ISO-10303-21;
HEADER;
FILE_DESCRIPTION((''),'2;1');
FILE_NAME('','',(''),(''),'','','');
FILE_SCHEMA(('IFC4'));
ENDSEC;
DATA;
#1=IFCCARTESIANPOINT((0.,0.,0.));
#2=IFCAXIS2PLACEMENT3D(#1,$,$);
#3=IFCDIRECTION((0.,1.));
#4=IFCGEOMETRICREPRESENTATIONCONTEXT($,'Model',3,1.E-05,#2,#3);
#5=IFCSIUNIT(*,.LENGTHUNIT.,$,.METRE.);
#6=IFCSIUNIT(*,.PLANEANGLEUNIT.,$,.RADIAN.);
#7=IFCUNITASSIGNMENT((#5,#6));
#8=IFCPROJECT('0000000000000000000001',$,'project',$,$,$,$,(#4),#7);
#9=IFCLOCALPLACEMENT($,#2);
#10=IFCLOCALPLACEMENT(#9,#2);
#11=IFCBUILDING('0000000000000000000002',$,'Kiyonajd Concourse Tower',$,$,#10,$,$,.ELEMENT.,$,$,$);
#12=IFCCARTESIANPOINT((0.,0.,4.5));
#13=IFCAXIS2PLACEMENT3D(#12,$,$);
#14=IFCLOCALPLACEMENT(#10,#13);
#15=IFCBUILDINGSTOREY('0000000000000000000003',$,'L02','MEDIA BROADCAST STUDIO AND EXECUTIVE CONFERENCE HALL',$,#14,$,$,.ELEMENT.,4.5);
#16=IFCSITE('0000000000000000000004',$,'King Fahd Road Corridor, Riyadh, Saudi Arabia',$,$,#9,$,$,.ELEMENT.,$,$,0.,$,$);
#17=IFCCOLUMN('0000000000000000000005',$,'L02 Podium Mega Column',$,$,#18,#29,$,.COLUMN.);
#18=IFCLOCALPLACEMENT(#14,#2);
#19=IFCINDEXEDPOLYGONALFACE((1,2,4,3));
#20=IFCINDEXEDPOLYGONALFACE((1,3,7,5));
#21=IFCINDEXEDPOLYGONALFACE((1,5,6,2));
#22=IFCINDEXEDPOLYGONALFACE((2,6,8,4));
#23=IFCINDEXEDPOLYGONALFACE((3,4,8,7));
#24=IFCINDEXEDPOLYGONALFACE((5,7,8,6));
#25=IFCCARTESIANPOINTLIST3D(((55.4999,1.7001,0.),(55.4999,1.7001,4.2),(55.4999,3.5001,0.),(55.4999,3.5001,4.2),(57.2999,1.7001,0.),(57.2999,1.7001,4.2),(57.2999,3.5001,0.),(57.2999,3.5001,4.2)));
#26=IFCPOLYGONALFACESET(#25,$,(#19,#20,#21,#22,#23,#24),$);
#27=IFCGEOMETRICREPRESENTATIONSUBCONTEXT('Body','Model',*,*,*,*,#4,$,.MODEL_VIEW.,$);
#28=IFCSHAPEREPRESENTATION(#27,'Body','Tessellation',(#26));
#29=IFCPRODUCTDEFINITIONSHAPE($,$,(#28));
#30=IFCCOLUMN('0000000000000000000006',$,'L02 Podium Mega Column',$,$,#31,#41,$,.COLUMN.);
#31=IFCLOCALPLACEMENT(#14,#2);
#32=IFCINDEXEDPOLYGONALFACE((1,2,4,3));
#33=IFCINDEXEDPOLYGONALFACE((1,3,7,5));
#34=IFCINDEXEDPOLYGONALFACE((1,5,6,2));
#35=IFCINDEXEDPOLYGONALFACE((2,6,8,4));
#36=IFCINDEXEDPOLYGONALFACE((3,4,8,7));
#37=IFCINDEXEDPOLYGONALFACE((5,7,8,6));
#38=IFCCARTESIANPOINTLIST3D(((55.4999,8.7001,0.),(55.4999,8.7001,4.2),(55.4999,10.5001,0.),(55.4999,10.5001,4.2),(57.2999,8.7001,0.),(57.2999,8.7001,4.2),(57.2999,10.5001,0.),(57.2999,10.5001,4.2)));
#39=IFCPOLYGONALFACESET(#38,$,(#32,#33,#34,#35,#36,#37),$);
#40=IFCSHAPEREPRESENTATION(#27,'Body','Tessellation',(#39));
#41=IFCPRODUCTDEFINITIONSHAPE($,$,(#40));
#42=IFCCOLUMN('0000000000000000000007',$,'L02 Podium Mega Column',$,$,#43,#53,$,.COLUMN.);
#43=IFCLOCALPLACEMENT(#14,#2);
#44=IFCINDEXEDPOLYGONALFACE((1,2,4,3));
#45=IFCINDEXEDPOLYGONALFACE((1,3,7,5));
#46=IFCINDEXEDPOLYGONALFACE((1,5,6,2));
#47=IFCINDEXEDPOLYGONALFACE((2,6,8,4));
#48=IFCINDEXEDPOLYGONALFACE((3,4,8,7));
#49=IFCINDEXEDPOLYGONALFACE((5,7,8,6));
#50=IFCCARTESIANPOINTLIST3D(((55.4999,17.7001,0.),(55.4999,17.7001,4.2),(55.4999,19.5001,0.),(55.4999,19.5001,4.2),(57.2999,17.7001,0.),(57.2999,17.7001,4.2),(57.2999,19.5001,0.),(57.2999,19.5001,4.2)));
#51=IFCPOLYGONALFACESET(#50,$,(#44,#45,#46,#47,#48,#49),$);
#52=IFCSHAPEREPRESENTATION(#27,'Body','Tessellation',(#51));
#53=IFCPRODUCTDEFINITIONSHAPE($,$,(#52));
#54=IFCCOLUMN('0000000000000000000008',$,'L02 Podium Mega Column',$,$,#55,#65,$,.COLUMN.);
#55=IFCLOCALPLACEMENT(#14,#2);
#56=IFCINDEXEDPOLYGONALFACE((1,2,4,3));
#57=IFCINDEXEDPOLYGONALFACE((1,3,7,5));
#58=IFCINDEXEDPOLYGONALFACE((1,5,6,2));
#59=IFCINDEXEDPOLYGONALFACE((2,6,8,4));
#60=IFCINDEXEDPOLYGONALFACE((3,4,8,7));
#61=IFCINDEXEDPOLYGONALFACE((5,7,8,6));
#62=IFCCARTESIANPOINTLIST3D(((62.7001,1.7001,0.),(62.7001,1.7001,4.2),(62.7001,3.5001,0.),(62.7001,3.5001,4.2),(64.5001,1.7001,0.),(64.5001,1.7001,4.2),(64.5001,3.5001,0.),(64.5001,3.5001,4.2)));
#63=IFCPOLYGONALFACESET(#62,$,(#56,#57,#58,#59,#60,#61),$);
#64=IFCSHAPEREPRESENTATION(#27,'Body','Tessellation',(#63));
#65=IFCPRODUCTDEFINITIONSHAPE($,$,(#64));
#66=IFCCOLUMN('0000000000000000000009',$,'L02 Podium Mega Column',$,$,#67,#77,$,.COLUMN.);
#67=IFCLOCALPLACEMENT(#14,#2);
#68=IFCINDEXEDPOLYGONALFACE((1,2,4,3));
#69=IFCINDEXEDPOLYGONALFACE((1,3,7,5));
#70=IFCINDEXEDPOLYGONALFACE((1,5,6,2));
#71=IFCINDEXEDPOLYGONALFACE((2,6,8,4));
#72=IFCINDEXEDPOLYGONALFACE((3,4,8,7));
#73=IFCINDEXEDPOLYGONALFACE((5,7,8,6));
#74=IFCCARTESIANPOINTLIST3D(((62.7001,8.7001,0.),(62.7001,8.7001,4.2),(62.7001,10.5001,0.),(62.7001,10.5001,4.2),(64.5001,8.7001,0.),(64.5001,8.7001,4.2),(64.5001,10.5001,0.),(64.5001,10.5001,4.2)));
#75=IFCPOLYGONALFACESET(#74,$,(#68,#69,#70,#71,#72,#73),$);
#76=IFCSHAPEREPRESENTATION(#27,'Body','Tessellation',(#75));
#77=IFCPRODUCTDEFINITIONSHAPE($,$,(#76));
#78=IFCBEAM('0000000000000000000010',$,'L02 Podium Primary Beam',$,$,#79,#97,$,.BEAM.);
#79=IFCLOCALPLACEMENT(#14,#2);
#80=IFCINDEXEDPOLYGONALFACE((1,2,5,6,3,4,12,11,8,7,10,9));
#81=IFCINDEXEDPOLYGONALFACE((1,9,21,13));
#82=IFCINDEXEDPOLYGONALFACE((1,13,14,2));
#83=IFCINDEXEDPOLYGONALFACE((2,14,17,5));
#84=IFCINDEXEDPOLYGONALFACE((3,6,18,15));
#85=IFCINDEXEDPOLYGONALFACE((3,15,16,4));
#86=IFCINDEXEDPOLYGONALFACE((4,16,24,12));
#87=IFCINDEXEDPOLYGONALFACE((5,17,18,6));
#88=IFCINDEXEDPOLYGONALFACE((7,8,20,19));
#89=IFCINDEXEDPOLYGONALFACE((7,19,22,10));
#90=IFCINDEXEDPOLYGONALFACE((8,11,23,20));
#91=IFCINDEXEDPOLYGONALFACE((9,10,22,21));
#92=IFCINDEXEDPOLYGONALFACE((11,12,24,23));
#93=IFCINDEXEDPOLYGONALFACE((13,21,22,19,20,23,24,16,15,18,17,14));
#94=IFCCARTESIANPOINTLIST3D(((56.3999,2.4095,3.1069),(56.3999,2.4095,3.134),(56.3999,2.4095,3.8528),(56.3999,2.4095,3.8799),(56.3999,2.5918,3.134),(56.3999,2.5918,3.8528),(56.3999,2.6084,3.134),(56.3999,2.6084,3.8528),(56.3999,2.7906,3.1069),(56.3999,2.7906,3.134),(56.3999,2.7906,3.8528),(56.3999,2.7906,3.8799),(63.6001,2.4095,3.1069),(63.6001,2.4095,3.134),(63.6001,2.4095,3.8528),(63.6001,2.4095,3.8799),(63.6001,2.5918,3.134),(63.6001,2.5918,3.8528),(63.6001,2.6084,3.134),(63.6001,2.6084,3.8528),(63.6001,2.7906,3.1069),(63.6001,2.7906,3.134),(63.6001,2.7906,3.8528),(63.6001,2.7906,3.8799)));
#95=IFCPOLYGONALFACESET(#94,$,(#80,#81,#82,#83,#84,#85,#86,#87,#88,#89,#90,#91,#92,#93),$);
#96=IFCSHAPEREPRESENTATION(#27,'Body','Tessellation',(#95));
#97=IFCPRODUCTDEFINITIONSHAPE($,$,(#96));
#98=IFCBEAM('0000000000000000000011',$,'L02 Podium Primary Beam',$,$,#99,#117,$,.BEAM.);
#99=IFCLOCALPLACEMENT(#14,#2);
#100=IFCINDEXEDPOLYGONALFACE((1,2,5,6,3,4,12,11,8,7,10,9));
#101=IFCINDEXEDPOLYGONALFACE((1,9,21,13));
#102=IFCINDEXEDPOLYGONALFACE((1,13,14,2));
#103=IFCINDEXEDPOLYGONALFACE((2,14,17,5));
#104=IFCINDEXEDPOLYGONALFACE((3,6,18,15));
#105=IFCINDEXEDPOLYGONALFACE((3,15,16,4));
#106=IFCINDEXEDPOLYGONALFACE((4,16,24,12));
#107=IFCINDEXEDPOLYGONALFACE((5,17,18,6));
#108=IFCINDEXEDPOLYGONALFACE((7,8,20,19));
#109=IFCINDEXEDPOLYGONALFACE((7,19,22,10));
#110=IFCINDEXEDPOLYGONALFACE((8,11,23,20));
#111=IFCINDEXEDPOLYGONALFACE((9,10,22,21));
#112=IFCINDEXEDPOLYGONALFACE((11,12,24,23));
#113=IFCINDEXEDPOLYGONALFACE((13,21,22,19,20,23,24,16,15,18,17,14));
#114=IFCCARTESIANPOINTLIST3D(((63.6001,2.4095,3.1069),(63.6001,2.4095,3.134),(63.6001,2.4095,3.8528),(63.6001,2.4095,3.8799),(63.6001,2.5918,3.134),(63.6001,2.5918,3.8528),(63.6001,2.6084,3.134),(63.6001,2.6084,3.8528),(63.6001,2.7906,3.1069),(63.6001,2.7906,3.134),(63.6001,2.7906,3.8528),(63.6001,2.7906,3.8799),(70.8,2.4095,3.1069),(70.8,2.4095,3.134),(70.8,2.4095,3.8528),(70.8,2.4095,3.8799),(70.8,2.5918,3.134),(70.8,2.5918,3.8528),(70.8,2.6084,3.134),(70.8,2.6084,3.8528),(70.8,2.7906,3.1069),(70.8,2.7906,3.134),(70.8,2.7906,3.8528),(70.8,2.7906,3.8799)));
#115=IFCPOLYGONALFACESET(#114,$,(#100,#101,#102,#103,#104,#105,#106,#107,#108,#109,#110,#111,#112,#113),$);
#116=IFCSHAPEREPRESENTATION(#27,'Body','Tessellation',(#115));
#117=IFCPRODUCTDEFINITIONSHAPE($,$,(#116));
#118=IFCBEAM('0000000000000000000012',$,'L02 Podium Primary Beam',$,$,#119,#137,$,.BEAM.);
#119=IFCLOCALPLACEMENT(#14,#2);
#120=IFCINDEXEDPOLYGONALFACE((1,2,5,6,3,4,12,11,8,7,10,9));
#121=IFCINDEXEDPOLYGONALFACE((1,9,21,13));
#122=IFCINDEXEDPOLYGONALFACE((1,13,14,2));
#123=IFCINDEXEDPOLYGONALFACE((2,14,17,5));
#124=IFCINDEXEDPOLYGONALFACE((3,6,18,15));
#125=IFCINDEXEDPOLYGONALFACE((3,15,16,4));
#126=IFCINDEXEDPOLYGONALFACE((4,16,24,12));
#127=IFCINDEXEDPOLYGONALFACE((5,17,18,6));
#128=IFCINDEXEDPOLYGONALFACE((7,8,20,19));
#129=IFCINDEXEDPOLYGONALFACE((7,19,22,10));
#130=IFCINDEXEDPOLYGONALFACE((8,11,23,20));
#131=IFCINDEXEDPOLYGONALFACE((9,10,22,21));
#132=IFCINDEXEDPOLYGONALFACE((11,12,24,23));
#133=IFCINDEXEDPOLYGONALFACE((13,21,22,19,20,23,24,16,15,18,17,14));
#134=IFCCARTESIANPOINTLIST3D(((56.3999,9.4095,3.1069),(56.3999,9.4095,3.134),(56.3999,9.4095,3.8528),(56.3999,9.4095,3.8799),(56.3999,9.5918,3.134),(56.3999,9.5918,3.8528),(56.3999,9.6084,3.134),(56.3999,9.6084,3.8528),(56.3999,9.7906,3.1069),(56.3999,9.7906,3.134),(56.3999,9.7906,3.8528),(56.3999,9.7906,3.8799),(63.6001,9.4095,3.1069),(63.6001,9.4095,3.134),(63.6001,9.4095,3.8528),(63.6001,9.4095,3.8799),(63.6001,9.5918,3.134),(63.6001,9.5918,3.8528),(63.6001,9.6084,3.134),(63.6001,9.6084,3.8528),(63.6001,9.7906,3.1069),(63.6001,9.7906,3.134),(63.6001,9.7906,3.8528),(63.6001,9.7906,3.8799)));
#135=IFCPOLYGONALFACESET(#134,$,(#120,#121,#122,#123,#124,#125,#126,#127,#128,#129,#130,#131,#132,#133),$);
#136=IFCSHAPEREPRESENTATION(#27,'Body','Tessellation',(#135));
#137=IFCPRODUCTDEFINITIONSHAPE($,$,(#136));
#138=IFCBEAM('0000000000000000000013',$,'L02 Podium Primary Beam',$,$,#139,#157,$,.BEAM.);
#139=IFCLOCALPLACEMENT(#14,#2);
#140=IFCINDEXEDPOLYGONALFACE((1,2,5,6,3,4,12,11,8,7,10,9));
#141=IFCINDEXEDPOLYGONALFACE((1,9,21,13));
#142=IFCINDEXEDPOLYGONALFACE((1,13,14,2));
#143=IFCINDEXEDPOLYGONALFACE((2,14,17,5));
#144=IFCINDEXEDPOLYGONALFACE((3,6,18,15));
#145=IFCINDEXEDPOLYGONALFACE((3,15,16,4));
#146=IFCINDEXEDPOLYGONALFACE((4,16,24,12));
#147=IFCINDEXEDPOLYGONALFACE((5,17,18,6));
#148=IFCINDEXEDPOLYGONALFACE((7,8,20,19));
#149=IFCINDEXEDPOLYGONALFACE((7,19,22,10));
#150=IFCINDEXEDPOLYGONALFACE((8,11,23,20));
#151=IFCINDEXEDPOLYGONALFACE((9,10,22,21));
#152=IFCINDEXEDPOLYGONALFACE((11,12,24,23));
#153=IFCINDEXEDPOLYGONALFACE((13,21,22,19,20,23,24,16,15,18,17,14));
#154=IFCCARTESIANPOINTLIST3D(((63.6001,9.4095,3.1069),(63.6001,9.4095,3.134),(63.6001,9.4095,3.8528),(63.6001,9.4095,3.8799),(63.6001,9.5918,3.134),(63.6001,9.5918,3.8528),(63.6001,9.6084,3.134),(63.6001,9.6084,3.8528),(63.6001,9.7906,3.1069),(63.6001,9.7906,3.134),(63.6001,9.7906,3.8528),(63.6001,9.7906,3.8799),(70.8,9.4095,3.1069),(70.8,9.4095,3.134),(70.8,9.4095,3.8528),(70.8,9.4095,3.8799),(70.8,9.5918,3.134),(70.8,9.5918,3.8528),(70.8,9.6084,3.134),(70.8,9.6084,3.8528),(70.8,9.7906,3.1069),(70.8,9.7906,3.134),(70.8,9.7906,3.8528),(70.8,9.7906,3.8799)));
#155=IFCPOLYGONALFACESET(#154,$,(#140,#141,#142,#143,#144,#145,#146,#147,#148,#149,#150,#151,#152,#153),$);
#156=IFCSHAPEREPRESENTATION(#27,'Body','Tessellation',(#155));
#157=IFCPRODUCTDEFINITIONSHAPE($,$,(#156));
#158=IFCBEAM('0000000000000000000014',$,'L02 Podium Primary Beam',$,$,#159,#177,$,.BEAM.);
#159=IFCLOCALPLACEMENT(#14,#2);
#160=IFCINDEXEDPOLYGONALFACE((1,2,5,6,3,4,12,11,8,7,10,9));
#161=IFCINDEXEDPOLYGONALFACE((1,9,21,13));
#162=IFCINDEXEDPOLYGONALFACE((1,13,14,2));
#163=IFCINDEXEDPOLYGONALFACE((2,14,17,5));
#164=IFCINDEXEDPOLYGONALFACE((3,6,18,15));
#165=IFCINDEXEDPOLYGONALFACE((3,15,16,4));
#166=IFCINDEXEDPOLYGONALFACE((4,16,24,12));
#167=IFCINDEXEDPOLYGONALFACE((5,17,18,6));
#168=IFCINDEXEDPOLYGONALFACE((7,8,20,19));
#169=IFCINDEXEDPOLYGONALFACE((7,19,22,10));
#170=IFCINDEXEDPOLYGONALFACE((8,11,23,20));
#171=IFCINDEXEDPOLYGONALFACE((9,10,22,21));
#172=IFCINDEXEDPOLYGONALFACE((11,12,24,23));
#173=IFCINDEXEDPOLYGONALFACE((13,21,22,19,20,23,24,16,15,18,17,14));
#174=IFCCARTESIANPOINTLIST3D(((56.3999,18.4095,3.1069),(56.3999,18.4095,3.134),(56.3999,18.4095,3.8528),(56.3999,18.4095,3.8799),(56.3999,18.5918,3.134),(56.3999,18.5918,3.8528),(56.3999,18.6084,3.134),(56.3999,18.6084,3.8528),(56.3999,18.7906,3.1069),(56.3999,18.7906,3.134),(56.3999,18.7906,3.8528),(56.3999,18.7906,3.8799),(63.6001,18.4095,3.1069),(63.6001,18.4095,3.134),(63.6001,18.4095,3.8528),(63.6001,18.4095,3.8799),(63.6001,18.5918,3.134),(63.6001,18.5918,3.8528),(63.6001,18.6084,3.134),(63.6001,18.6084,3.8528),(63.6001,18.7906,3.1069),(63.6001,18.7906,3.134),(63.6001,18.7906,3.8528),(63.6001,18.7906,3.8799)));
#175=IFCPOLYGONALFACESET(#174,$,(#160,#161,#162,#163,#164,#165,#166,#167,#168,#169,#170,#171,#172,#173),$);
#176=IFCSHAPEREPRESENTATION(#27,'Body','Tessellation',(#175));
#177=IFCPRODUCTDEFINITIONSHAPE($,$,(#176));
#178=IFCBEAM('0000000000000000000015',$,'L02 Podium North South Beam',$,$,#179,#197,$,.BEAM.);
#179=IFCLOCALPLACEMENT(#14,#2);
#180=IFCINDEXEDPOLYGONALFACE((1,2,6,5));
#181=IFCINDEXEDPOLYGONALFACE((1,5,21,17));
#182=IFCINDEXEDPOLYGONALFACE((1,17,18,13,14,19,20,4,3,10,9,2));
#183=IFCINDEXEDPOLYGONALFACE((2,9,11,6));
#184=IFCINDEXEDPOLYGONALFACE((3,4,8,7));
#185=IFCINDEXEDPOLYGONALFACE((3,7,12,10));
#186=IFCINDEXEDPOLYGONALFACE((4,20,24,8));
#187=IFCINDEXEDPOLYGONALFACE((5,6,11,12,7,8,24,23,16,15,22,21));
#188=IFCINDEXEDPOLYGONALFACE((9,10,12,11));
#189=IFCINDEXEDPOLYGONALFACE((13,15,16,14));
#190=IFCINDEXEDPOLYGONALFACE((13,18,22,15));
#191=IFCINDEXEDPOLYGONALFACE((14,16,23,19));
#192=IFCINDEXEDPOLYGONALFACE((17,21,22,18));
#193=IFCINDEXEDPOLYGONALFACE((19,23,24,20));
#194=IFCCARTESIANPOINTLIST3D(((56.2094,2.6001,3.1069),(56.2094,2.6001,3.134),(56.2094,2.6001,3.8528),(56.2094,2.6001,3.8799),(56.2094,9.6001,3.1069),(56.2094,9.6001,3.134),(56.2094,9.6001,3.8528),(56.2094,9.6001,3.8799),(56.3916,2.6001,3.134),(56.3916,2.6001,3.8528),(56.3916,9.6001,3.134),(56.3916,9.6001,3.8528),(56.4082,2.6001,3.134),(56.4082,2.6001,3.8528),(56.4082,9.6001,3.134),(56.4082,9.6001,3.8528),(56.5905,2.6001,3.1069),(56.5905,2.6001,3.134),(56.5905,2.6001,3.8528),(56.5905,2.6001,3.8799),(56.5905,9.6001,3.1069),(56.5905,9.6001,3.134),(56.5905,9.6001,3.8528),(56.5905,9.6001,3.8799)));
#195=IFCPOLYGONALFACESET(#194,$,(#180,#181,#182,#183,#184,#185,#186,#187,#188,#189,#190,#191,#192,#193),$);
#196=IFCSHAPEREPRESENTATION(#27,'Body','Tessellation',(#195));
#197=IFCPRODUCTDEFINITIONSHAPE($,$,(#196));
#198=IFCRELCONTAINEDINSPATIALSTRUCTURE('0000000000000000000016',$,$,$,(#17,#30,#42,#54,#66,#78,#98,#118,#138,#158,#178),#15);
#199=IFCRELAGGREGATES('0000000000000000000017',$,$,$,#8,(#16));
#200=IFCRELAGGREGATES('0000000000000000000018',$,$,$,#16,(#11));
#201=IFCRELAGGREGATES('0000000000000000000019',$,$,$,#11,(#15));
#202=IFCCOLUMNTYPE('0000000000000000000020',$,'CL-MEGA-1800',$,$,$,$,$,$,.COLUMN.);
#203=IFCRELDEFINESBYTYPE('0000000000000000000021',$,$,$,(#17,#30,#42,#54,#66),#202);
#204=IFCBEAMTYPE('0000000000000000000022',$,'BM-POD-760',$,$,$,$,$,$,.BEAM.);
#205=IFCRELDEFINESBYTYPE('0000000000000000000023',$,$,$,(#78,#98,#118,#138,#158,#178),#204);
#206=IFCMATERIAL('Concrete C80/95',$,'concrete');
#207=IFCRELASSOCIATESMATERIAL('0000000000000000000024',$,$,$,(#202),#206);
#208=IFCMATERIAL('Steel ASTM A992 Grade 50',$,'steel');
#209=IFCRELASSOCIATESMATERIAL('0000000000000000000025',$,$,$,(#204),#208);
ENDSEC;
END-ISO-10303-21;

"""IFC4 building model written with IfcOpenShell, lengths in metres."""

from ifc_helpers import new_model, si_unit, direction, frame, origin, origin_2d, place, context, subcontext, project, spatial, rectangle, i_section, extrude, material, material_profile, profile_set, type_object, element, save


model = new_model("IFC4")

# Units and contexts
model_context = context("Model", 3, precision=1e-05, world=origin(), true_north=direction((0.0, 1.0)))
body_context = subcontext(model_context, "Body", "Model", "MODEL_VIEW")
ifc_project = project(units=[si_unit("LENGTHUNIT", "METRE"), si_unit("PLANEANGLEUNIT", "RADIAN")], contexts=[model_context])

# Site, building, storey
site_placement = place(None, origin())
site = spatial("IfcSite", under=ifc_project, at=site_placement, Name="King Fahd Road Corridor, Riyadh, Saudi Arabia", CompositionType="ELEMENT", RefElevation=0.0)
building_placement = place(site_placement, origin())
building = spatial("IfcBuilding", under=site, at=building_placement, Name="Kiyonajd Concourse Tower", CompositionType="ELEMENT")
storey_placement = place(building_placement, frame((0.0, 0.0, 4.5)))
storey = spatial("IfcBuildingStorey", under=building, at=storey_placement, Name="L02", Description="MEDIA BROADCAST STUDIO AND EXECUTIVE CONFERENCE HALL", CompositionType="ELEMENT", Elevation=4.5)

# Columns
ifc_material_1 = material(Name="Concrete C80/95", Category="concrete")
ifc_material_profile_1 = material_profile(ifc_material_1, rectangle(XDim=1.8, YDim=1.8, at=origin_2d()), Name="RC-1800x1800")
ifc_profile_set_1 = profile_set([ifc_material_profile_1], Name="Concrete C80/95")
column_type = type_object("IfcColumnType", Name="CL-MEGA-1800", PredefinedType="COLUMN", material=ifc_profile_set_1)
for number, where, z_axis, x_axis, name in (
    (1, (56.3999, 2.6001, 0.0), (0.0, 0.0, 1.0), (1.0, 0.0, 0.0), "L02 Podium Mega Column"),
    (2, (56.3999, 9.6001, 0.0), (0.0, 0.0, 1.0), (1.0, 0.0, 0.0), "L02 Podium Mega Column"),
    (3, (56.3999, 18.6001, 0.0), (0.0, 0.0, 1.0), (1.0, 0.0, 0.0), "L02 Podium Mega Column"),
    (4, (63.6001, 2.6001, 0.0), (0.0, 0.0, 1.0), (1.0, 0.0, 0.0), "L02 Podium Mega Column"),
    (5, (63.6001, 9.6001, 0.0), (0.0, 0.0, 1.0), (1.0, 0.0, 0.0), "L02 Podium Mega Column"),
):
    element("IfcColumn", number, at=place(storey_placement, frame(where, z_axis=z_axis, x_axis=x_axis)), inside=storey, type_object=column_type, Name=name, PredefinedType="COLUMN", context=body_context, shape_type="SweptSolid", body=[
        extrude(rectangle(XDim=1.8, YDim=1.8, at=origin_2d()), origin(), (0.0, 0.0, 1.0), 4.2),
    ])

# Beams
ifc_material_2 = material(Name="Steel ASTM A992 Grade 50", Category="steel")
ifc_material_profile_2 = material_profile(ifc_material_2, i_section(OverallWidth=0.3811, OverallDepth=0.7729, WebThickness=0.0166, FlangeThickness=0.0271, at=origin_2d()), Name="W760X257")
ifc_profile_set_2 = profile_set([ifc_material_profile_2], Name="Steel ASTM A992 Grade 50")
beam_type = type_object("IfcBeamType", Name="BM-POD-760", PredefinedType="BEAM", material=ifc_profile_set_2)
beam_1_placement = place(storey_placement, frame((56.3999, 2.6001, 3.4934), z_axis=(1.0, 0.0, 0.0), x_axis=(0.0, 1.0, 0.0)))
element("IfcBeam", 6, at=beam_1_placement, inside=storey, type_object=beam_type, Name="L02 Podium Primary Beam", PredefinedType="BEAM", context=body_context, shape_type="SweptSolid", body=[
    extrude(i_section(OverallWidth=0.3811, OverallDepth=0.7729, WebThickness=0.0166, FlangeThickness=0.0271, at=origin_2d()), origin(), (0.0, 0.0, 1.0), 7.2002),
])
beam_2_placement = place(storey_placement, frame((63.6001, 2.6001, 3.4934), z_axis=(1.0, 0.0, 0.0), x_axis=(0.0, 1.0, 0.0)))
element("IfcBeam", 7, at=beam_2_placement, inside=storey, type_object=beam_type, Name="L02 Podium Primary Beam", PredefinedType="BEAM", context=body_context, shape_type="SweptSolid", body=[
    extrude(i_section(OverallWidth=0.3811, OverallDepth=0.7729, WebThickness=0.0166, FlangeThickness=0.0271, at=origin_2d()), origin(), (0.0, 0.0, 1.0), 7.2),
])
beam_3_placement = place(storey_placement, frame((56.3999, 9.6001, 3.4934), z_axis=(1.0, 0.0, 0.0), x_axis=(0.0, 1.0, 0.0)))
element("IfcBeam", 8, at=beam_3_placement, inside=storey, type_object=beam_type, Name="L02 Podium Primary Beam", PredefinedType="BEAM", context=body_context, shape_type="SweptSolid", body=[
    extrude(i_section(OverallWidth=0.3811, OverallDepth=0.7729, WebThickness=0.0166, FlangeThickness=0.0271, at=origin_2d()), origin(), (0.0, 0.0, 1.0), 7.2002),
])
beam_4_placement = place(storey_placement, frame((63.6001, 9.6001, 3.4934), z_axis=(1.0, 0.0, 0.0), x_axis=(0.0, 1.0, 0.0)))
element("IfcBeam", 9, at=beam_4_placement, inside=storey, type_object=beam_type, Name="L02 Podium Primary Beam", PredefinedType="BEAM", context=body_context, shape_type="SweptSolid", body=[
    extrude(i_section(OverallWidth=0.3811, OverallDepth=0.7729, WebThickness=0.0166, FlangeThickness=0.0271, at=origin_2d()), origin(), (0.0, 0.0, 1.0), 7.2),
])
beam_5_placement = place(storey_placement, frame((56.3999, 18.6001, 3.4934), z_axis=(1.0, 0.0, 0.0), x_axis=(0.0, 1.0, 0.0)))
element("IfcBeam", 10, at=beam_5_placement, inside=storey, type_object=beam_type, Name="L02 Podium Primary Beam", PredefinedType="BEAM", context=body_context, shape_type="SweptSolid", body=[
    extrude(i_section(OverallWidth=0.3811, OverallDepth=0.7729, WebThickness=0.0166, FlangeThickness=0.0271, at=origin_2d()), origin(), (0.0, 0.0, 1.0), 7.2002),
])
beam_6_placement = place(storey_placement, frame((56.3999, 2.6001, 3.4934), z_axis=(0.0, 1.0, 0.0), x_axis=(-1.0, 0.0, 0.0)))
element("IfcBeam", 11, at=beam_6_placement, inside=storey, type_object=beam_type, Name="L02 Podium North South Beam", PredefinedType="BEAM", context=body_context, shape_type="SweptSolid", body=[
    extrude(i_section(OverallWidth=0.3811, OverallDepth=0.7729, WebThickness=0.0166, FlangeThickness=0.0271, at=origin_2d()), origin(), (0.0, 0.0, 1.0), 7.0),
])

save(model, "model.ifc")
